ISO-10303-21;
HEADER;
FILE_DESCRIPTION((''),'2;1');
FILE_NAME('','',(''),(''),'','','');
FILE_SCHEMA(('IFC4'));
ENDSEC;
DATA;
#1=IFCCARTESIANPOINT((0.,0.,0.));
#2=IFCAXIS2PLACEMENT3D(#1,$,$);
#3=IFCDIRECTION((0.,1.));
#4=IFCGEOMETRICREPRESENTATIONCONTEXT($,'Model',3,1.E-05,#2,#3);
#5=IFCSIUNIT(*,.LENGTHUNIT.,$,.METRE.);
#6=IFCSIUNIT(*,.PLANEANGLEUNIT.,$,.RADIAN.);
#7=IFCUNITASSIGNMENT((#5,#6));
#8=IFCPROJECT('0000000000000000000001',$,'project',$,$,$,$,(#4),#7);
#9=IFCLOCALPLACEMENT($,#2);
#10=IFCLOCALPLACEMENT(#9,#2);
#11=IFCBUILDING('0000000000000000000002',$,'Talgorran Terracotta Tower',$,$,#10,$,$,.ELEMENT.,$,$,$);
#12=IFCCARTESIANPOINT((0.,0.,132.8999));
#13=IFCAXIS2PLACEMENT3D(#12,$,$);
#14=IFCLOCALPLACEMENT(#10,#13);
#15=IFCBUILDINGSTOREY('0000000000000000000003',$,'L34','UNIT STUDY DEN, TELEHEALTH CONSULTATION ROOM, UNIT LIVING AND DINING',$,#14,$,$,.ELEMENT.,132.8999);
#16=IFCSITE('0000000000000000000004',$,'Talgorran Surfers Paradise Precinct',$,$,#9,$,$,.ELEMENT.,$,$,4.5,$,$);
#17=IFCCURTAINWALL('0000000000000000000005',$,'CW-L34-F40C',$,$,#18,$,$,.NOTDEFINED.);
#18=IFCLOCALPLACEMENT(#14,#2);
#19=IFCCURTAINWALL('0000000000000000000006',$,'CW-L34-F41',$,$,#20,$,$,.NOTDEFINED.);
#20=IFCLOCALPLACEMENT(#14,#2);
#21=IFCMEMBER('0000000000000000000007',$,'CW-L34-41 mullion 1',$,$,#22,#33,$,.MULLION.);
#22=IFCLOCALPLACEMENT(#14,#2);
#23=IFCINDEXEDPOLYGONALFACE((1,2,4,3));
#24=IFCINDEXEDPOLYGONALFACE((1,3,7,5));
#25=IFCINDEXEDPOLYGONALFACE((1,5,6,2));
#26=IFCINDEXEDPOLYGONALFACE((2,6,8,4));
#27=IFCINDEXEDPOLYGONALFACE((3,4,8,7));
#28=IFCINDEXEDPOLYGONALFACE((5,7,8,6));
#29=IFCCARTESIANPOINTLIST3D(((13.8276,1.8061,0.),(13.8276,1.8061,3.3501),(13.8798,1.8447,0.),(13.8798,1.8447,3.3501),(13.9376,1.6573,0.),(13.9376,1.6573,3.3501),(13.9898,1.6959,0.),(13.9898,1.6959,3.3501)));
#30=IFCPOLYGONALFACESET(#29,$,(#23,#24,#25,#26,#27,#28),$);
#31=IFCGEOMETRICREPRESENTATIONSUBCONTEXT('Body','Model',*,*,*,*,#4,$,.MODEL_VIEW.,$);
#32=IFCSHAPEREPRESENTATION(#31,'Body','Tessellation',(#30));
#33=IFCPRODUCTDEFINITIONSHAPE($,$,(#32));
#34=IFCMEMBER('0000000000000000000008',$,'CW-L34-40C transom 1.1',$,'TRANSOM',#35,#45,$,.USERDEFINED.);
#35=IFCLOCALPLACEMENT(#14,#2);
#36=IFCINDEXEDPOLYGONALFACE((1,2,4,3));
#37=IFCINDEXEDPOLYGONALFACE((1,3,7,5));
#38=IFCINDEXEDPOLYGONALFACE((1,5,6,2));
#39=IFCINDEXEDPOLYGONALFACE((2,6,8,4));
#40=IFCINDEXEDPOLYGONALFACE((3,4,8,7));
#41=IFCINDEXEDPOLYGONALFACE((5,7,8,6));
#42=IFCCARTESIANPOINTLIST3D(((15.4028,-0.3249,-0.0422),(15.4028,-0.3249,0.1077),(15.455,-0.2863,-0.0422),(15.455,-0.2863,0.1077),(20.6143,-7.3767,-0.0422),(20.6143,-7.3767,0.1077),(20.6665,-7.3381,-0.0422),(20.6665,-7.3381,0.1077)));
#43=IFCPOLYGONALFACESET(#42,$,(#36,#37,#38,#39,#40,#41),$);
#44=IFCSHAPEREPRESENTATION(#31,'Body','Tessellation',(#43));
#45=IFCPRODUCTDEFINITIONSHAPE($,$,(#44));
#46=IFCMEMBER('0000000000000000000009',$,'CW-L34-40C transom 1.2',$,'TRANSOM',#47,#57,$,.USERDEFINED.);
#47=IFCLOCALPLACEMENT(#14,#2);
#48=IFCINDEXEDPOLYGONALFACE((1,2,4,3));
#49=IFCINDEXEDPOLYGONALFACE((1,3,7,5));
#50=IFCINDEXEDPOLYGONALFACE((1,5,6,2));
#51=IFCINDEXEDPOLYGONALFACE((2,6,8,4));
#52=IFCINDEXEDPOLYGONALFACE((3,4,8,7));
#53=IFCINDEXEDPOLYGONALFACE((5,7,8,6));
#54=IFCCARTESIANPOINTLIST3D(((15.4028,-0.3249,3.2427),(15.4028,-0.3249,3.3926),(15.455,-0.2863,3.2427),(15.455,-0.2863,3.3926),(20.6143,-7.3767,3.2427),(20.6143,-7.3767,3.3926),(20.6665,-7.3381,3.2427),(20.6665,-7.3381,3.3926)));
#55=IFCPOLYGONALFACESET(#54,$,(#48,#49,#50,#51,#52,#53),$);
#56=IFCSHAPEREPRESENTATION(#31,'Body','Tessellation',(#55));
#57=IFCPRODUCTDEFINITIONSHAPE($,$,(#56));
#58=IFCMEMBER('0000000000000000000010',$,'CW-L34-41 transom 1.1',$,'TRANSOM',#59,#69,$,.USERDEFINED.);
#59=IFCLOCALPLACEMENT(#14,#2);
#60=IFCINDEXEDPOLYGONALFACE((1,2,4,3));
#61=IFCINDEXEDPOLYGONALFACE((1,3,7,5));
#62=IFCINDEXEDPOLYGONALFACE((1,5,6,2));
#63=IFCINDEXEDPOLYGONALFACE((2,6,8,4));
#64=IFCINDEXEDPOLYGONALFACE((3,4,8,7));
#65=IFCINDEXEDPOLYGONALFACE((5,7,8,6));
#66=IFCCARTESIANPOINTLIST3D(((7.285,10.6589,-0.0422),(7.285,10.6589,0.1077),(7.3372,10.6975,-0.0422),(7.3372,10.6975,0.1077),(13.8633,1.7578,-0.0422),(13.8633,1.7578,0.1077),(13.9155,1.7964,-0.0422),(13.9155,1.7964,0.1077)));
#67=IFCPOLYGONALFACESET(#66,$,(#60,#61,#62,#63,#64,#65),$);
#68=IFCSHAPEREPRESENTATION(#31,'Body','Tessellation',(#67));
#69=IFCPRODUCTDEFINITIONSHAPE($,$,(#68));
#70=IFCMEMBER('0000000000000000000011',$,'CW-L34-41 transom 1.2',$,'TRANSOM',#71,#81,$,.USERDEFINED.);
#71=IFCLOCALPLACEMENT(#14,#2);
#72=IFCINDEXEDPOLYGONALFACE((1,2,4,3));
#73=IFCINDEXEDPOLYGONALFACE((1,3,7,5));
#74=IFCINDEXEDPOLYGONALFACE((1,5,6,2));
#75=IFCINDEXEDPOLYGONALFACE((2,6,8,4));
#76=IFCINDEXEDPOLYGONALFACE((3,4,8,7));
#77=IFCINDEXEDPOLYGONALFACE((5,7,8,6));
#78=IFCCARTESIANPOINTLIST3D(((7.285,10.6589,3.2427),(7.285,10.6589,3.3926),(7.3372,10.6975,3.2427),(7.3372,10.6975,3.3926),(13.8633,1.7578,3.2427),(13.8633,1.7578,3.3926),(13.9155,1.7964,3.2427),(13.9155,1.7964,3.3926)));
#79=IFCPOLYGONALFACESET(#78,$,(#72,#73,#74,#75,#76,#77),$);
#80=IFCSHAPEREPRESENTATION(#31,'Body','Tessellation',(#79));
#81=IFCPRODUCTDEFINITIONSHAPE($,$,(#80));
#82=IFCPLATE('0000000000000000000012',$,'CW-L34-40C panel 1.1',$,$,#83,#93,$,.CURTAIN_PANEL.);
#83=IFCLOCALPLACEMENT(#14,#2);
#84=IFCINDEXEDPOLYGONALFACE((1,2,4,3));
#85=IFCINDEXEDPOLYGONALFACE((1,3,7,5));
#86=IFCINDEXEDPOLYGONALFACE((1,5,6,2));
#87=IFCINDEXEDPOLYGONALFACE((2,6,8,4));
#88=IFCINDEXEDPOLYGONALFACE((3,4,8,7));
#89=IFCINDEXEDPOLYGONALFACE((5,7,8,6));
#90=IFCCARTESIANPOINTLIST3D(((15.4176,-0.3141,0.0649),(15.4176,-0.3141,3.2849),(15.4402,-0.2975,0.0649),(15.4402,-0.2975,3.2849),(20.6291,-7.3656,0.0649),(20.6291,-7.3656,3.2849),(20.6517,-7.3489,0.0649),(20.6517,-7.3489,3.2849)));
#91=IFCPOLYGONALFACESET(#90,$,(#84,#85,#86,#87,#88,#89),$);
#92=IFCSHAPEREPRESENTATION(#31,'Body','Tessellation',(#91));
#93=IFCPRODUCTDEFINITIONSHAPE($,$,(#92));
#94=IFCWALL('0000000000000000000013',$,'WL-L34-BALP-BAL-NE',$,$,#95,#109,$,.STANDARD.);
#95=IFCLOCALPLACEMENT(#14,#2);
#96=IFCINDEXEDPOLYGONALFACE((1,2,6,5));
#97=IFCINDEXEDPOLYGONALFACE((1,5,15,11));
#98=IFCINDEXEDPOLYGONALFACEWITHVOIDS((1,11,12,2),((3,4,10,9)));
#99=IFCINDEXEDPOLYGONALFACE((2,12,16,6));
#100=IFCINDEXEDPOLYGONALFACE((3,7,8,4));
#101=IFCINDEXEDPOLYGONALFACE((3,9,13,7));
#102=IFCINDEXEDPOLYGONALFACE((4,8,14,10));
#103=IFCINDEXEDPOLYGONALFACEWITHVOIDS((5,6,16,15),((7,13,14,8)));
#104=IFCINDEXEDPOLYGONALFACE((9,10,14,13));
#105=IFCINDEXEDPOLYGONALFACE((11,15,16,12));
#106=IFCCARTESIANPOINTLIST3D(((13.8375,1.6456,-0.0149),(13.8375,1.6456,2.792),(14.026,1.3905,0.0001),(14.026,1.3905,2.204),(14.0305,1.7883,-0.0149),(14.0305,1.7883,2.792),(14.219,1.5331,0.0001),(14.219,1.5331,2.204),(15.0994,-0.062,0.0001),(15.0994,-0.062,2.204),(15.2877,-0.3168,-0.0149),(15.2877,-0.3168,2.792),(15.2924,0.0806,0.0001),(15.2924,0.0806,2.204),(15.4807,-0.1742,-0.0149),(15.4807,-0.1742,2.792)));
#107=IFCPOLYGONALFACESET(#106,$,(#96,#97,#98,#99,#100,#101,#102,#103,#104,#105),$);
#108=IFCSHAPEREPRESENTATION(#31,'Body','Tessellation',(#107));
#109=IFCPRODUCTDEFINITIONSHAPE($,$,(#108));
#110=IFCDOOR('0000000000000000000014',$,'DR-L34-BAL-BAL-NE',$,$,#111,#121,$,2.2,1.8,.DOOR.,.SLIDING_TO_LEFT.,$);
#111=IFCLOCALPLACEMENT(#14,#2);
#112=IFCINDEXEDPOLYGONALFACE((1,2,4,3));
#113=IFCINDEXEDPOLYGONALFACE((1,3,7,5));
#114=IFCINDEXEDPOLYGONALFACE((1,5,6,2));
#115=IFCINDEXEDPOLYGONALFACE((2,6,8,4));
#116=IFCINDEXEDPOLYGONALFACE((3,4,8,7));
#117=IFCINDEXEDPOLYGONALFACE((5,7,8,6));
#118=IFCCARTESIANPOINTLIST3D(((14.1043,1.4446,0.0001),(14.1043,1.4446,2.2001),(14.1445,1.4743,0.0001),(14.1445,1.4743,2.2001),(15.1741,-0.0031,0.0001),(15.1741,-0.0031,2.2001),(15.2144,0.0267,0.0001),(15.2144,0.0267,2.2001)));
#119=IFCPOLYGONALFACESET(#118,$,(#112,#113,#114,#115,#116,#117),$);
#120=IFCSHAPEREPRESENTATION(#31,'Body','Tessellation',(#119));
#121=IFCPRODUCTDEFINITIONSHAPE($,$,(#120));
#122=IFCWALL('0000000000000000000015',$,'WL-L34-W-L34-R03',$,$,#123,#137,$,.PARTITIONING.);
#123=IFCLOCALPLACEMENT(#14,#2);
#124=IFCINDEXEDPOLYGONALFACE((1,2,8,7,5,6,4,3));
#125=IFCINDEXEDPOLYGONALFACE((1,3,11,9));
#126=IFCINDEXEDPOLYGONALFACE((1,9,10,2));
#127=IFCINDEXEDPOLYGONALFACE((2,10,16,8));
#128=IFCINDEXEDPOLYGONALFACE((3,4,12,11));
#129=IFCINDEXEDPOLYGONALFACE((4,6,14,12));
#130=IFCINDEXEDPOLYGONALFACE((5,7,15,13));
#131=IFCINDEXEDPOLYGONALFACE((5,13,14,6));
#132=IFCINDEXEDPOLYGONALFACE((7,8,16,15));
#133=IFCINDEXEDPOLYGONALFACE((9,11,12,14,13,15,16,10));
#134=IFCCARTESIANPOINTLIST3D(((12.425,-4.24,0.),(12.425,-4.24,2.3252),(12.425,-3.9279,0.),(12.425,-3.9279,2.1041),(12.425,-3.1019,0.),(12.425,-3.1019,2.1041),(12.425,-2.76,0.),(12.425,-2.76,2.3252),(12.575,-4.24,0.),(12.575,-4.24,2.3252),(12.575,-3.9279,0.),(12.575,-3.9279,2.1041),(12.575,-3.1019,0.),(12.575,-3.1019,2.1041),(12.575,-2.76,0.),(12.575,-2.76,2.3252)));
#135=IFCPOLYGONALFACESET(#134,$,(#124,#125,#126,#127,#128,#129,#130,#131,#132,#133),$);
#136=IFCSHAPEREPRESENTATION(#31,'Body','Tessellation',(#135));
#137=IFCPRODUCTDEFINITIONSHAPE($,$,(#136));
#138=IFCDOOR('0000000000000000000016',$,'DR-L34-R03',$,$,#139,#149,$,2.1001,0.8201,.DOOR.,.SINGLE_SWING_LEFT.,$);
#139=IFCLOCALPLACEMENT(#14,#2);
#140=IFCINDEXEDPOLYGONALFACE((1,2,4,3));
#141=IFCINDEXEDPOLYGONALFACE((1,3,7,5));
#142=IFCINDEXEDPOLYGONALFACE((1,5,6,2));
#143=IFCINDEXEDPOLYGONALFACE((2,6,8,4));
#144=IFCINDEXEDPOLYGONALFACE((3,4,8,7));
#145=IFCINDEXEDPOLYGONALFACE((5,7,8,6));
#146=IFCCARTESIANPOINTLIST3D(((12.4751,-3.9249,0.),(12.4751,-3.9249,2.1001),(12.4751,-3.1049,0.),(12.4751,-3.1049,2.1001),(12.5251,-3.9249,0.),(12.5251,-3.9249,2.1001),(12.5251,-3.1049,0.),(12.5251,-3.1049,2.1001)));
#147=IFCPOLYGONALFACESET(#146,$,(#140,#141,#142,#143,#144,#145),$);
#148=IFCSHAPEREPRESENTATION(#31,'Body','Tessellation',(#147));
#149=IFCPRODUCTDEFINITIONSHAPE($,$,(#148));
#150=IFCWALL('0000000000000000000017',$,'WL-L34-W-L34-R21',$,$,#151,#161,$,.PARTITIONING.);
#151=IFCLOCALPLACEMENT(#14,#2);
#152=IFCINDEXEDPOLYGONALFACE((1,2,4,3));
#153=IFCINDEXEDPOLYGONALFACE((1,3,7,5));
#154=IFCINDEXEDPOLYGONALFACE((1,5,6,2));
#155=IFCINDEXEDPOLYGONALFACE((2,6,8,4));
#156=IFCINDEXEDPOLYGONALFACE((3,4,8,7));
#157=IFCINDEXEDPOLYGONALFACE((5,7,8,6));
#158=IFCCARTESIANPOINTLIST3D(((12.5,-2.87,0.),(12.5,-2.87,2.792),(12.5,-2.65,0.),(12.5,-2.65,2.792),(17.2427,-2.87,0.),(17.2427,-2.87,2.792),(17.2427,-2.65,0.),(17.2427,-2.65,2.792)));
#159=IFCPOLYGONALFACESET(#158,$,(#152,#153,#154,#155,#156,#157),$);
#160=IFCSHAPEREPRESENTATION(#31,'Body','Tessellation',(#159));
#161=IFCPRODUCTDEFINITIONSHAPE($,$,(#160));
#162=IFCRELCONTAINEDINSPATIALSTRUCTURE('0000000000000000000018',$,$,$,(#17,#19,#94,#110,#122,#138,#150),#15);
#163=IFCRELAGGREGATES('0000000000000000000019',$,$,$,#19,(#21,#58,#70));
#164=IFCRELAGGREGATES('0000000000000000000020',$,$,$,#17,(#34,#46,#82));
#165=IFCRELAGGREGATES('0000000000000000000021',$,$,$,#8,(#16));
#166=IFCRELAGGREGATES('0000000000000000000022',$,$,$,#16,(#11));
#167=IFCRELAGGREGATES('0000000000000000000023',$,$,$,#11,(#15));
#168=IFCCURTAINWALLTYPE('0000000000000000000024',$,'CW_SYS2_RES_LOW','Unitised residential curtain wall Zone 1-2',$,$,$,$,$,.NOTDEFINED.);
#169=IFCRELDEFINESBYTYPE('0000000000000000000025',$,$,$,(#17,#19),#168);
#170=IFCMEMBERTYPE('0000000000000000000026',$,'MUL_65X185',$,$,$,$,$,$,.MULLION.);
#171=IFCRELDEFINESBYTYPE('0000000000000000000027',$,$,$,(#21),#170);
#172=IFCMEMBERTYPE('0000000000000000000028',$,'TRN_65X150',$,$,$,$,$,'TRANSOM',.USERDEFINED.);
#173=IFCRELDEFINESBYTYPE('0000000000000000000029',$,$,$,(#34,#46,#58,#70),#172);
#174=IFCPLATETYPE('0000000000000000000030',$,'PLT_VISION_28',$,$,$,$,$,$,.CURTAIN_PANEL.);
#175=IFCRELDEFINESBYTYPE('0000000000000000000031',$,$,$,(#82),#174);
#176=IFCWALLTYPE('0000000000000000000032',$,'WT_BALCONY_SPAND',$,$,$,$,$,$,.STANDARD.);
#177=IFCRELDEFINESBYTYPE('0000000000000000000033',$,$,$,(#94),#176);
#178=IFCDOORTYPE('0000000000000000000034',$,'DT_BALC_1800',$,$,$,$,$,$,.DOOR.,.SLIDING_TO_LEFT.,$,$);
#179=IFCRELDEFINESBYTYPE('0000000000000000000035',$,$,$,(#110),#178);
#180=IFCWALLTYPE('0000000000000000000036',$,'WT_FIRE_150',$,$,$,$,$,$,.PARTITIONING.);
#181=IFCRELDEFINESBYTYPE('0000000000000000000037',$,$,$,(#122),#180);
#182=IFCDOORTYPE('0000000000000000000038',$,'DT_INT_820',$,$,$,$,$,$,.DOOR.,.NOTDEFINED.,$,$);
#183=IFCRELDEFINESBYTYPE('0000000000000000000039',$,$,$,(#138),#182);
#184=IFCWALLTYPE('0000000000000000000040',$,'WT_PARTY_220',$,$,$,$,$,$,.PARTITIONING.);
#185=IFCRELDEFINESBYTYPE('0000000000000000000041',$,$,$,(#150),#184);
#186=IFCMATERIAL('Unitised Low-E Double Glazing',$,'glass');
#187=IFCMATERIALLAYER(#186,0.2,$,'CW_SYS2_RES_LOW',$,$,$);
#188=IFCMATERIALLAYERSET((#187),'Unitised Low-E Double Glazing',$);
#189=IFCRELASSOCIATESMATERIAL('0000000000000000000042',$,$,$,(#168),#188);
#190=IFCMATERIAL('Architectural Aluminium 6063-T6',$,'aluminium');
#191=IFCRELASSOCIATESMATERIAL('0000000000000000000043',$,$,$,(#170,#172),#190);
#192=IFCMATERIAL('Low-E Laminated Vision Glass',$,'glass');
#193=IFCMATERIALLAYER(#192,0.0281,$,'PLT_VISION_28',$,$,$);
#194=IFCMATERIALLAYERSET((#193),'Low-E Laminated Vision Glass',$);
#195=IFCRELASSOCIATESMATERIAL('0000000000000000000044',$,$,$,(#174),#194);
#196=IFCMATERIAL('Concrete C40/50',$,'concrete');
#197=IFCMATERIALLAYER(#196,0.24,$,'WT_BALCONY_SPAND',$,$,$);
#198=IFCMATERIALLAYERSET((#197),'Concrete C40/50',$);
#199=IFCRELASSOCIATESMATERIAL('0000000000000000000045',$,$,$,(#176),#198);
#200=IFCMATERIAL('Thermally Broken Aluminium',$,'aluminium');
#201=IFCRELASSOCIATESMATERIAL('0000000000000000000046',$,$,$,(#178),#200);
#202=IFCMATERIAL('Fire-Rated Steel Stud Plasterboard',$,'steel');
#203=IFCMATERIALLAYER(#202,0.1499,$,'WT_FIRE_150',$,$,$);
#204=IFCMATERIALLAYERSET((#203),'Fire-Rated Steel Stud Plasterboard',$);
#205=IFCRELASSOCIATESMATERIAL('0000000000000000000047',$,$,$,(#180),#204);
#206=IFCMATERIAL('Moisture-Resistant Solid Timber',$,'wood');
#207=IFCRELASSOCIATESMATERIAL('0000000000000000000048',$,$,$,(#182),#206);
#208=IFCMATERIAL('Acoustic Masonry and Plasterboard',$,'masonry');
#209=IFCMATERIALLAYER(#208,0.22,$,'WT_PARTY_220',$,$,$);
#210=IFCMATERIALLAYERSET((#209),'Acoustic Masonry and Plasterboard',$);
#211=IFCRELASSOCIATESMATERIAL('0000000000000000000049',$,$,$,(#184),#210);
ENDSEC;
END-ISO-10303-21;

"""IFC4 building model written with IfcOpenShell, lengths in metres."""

from ifc_helpers import new_model, si_unit, direction, frame, frame_2d, origin, origin_2d, place, context, subcontext, project, spatial, rectangle, extrude, source, transform, mapped, material, layer, layer_set, material_profile, profile_set, type_object, type_shapes, element, fill, aggregate, save


model = new_model("IFC4")

# Units and contexts
model_context = context("Model", 3, precision=1e-05, world=origin(), true_north=direction((0.0, 1.0)))
body_context = subcontext(model_context, "Body", "Model", "MODEL_VIEW")
ifc_project = project(units=[si_unit("LENGTHUNIT", "METRE"), si_unit("PLANEANGLEUNIT", "RADIAN")], contexts=[model_context])

# Site, building, storey
site_placement = place(None, origin())
site = spatial("IfcSite", under=ifc_project, at=site_placement, Name="Talgorran Surfers Paradise Precinct", CompositionType="ELEMENT", RefElevation=4.5)
building_placement = place(site_placement, origin())
building = spatial("IfcBuilding", under=site, at=building_placement, Name="Talgorran Terracotta Tower", CompositionType="ELEMENT")
storey_placement = place(building_placement, frame((0.0, 0.0, 132.8999)))
storey = spatial("IfcBuildingStorey", under=building, at=storey_placement, Name="L34", Description="UNIT STUDY DEN, TELEHEALTH CONSULTATION ROOM, UNIT LIVING AND DINING", CompositionType="ELEMENT", Elevation=132.8999)

# Shared definitions
ifc_material_1 = material(Name="Unitised Low-E Double Glazing", Category="glass")
ifc_layer_1 = layer(ifc_material_1, 0.2, Name="CW_SYS2_RES_LOW")
ifc_layer_set_1 = layer_set([ifc_layer_1], Name="Unitised Low-E Double Glazing")
curtain_wall_type = type_object("IfcCurtainWallType", Name="CW_SYS2_RES_LOW", Description="Unitised residential curtain wall Zone 1-2", PredefinedType="NOTDEFINED", material=ifc_layer_set_1)
ifc_material_2 = material(Name="Architectural Aluminium 6063-T6", Category="aluminium")
ifc_material_profile_1 = material_profile(ifc_material_2, rectangle(XDim=0.0649, YDim=0.1851, at=origin_2d()), Name="CWM65X185")
ifc_profile_set_1 = profile_set([ifc_material_profile_1], Name="Architectural Aluminium 6063-T6")
member_type_1 = type_object("IfcMemberType", Name="MUL_65X185", PredefinedType="MULLION", material=ifc_profile_set_1)

# Curtain wall
curtain_wall_1_placement = place(storey_placement, origin())
curtain_wall_1 = element("IfcCurtainWall", 1, at=curtain_wall_1_placement, inside=storey, type_object=curtain_wall_type, Name="CW-L34-F40C", PredefinedType="NOTDEFINED")

# Curtain wall, member
curtain_wall_2_placement = place(storey_placement, origin())
curtain_wall_2 = element("IfcCurtainWall", 2, at=curtain_wall_2_placement, inside=storey, type_object=curtain_wall_type, Name="CW-L34-F41", PredefinedType="NOTDEFINED")
member_1_placement = place(storey_placement, frame((13.9087, 1.751, 0.0), z_axis=(0.0, 0.0, 1.0), x_axis=(-0.804201, -0.594357, 0.0)))
member_1 = element("IfcMember", 3, at=member_1_placement, type_object=member_type_1, Name="CW-L34-41 mullion 1", PredefinedType="MULLION", context=body_context, shape_type="SweptSolid", body=[
    extrude(rectangle(XDim=0.0649, YDim=0.1851, at=origin_2d()), origin(), (0.0, 0.0, 1.0), 3.3501),
])

# Members
ifc_material_profile_2 = material_profile(ifc_material_2, rectangle(XDim=0.0649, YDim=0.1499, at=origin_2d()), Name="CWT65X150")
ifc_profile_set_2 = profile_set([ifc_material_profile_2], Name="Architectural Aluminium 6063-T6")
member_type_2 = type_object("IfcMemberType", Name="TRN_65X150", ElementType="TRANSOM", PredefinedType="USERDEFINED", material=ifc_profile_set_2)
member_2_placement = place(storey_placement, frame((20.6404, -7.3574, 0.0327), z_axis=(-0.594336, 0.804217, 0.0), x_axis=(-0.804217, -0.594336, 0.0)))
member_2 = element("IfcMember", 4, at=member_2_placement, type_object=member_type_2, Name="CW-L34-40C transom 1.1", ObjectType="TRANSOM", PredefinedType="USERDEFINED", context=body_context, shape_type="SweptSolid", body=[
    extrude(rectangle(XDim=0.0649, YDim=0.1499, at=origin_2d()), origin(), (0.0, 0.0, 1.0), 8.7686),
])
member_3_placement = place(storey_placement, frame((20.6404, -7.3574, 3.3176), z_axis=(-0.594336, 0.804217, 0.0), x_axis=(-0.804217, -0.594336, 0.0)))
member_3 = element("IfcMember", 5, at=member_3_placement, type_object=member_type_2, Name="CW-L34-40C transom 1.2", ObjectType="TRANSOM", PredefinedType="USERDEFINED", context=body_context, shape_type="SweptSolid", body=[
    extrude(rectangle(XDim=0.0649, YDim=0.1499, at=origin_2d()), origin(), (0.0, 0.0, 1.0), 8.7686),
])
member_4_placement = place(storey_placement, frame((13.8894, 1.7771, 0.0327), z_axis=(-0.594349, 0.804207, 0.0), x_axis=(-0.804207, -0.594349, 0.0)))
member_4 = element("IfcMember", 6, at=member_4_placement, type_object=member_type_2, Name="CW-L34-41 transom 1.1", ObjectType="TRANSOM", PredefinedType="USERDEFINED", context=body_context, shape_type="SweptSolid", body=[
    extrude(rectangle(XDim=0.0649, YDim=0.1499, at=origin_2d()), origin(), (0.0, 0.0, 1.0), 11.0681),
])
member_5_placement = place(storey_placement, frame((13.8894, 1.7771, 3.3176), z_axis=(-0.594349, 0.804207, 0.0), x_axis=(-0.804207, -0.594349, 0.0)))
member_5 = element("IfcMember", 7, at=member_5_placement, type_object=member_type_2, Name="CW-L34-41 transom 1.2", ObjectType="TRANSOM", PredefinedType="USERDEFINED", context=body_context, shape_type="SweptSolid", body=[
    extrude(rectangle(XDim=0.0649, YDim=0.1499, at=origin_2d()), origin(), (0.0, 0.0, 1.0), 11.0681),
])
aggregate(curtain_wall_2, [member_1, member_4, member_5])

# Plate
ifc_material_3 = material(Name="Low-E Laminated Vision Glass", Category="glass")
ifc_layer_2 = layer(ifc_material_3, 0.0281, Name="PLT_VISION_28")
ifc_layer_set_2 = layer_set([ifc_layer_2], Name="Low-E Laminated Vision Glass")
plate_type = type_object("IfcPlateType", Name="PLT_VISION_28", PredefinedType="CURTAIN_PANEL", material=ifc_layer_set_2)
shared_shape = source(origin(), body_context, "Body", "SweptSolid", [
    extrude(rectangle(XDim=8.7683, YDim=0.0281, at=origin_2d()), origin(), (0.0, 0.0, 1.0), 3.22),
])
type_shapes(plate_type, [shared_shape])
plate_placement = place(storey_placement, frame((18.0347, -3.8315, 0.0649), z_axis=(0.0, 0.0, 1.0), x_axis=(-0.594355, 0.804203, 0.0)))
plate = element("IfcPlate", 8, at=plate_placement, type_object=plate_type, Name="CW-L34-40C panel 1.1", PredefinedType="CURTAIN_PANEL", context=body_context, shape_type="MappedRepresentation", body=[
    mapped(shared_shape, transform((0.0, 0.0, 0.0), scale=1.0)),
])
aggregate(curtain_wall_1, [member_2, member_3, plate])

# Walls, openings, doors
ifc_material_4 = material(Name="Concrete C40/50", Category="concrete")
ifc_layer_3 = layer(ifc_material_4, 0.24, Name="WT_BALCONY_SPAND")
ifc_layer_set_3 = layer_set([ifc_layer_3], Name="Concrete C40/50")
wall_type_1 = type_object("IfcWallType", Name="WT_BALCONY_SPAND", PredefinedType="STANDARD", material=ifc_layer_set_3)
wall_1_placement = place(storey_placement, frame((15.3843, -0.2456, -0.0149), z_axis=(0.0, 0.0, 1.0), x_axis=(-0.594318, 0.80423, 0.0)))
wall_1 = element("IfcWall", 9, at=wall_1_placement, inside=storey, type_object=wall_type_1, Name="WL-L34-BALP-BAL-NE", PredefinedType="STANDARD", context=body_context, shape_type="SweptSolid", body=[
    extrude(rectangle(XDim=2.4402, YDim=0.24, at=frame_2d((1.2202, 0.0))), origin(), (0.0, 0.0, 1.0), 2.8069),
])
opening_1_placement = place(wall_1_placement, frame((0.3201, 0.0, 0.0149)))
opening_1 = element("IfcOpeningElement", 10, at=opening_1_placement, cuts=wall_1, PredefinedType="OPENING", context=body_context, shape_type="SweptSolid", body=[
    extrude(rectangle(XDim=1.806, YDim=2.204, at=frame_2d((0.8999, 1.1021))), frame((0.0, 0.1299, 0.0), z_axis=(0.0, -1.0, 0.0), x_axis=(1.0, 0.0, 0.0)), (0.0, 0.0, 1.0), 0.26),
])
ifc_material_5 = material(Name="Thermally Broken Aluminium", Category="aluminium")
door_type_1 = type_object("IfcDoorType", Name="DT_BALC_1800", OperationType="SLIDING_TO_LEFT", PredefinedType="DOOR", material=ifc_material_5)
door_1_placement = place(opening_1_placement, origin())
door_1 = element("IfcDoor", 11, at=door_1_placement, inside=storey, type_object=door_type_1, Name="DR-L34-BAL-BAL-NE", OperationType="SLIDING_TO_LEFT", OverallHeight=2.2, OverallWidth=1.8, PredefinedType="DOOR", context=body_context, shape_type="SweptSolid", body=[
    extrude(rectangle(XDim=1.8, YDim=2.2, at=frame_2d((0.8999, 1.1001))), frame((0.0, 0.0249, 0.0), z_axis=(0.0, -1.0, 0.0), x_axis=(1.0, 0.0, 0.0)), (0.0, 0.0, 1.0), 0.05),
])
fill(opening_1, door_1)
ifc_material_6 = material(Name="Fire-Rated Steel Stud Plasterboard", Category="steel")
ifc_layer_4 = layer(ifc_material_6, 0.1499, Name="WT_FIRE_150")
ifc_layer_set_4 = layer_set([ifc_layer_4], Name="Fire-Rated Steel Stud Plasterboard")
wall_type_2 = type_object("IfcWallType", Name="WT_FIRE_150", PredefinedType="PARTITIONING", material=ifc_layer_set_4)
wall_2_placement = place(storey_placement, frame((12.5, -4.24, 0.0), z_axis=(0.0, 0.0, 1.0), x_axis=(0.0, 1.0, 0.0)))
wall_2 = element("IfcWall", 12, at=wall_2_placement, inside=storey, type_object=wall_type_2, Name="WL-L34-W-L34-R03", PredefinedType="PARTITIONING", context=body_context, shape_type="SweptSolid", body=[
    extrude(rectangle(XDim=1.48, YDim=0.1499, at=frame_2d((0.74, 0.0))), origin(), (0.0, 0.0, 1.0), 2.3252),
])
opening_2_placement = place(wall_2_placement, frame((0.3149, 0.0, 0.0)))
opening_2 = element("IfcOpeningElement", 13, at=opening_2_placement, cuts=wall_2, PredefinedType="OPENING", context=body_context, shape_type="SweptSolid", body=[
    extrude(rectangle(XDim=0.8261, YDim=2.1041, at=frame_2d((0.4102, 1.052))), frame((0.0, 0.085, 0.0), z_axis=(0.0, -1.0, 0.0), x_axis=(1.0, 0.0, 0.0)), (0.0, 0.0, 1.0), 0.1699),
])
ifc_material_7 = material(Name="Moisture-Resistant Solid Timber", Category="wood")
door_type_2 = type_object("IfcDoorType", Name="DT_INT_820", OperationType="NOTDEFINED", PredefinedType="DOOR", material=ifc_material_7)
door_2_placement = place(opening_2_placement, origin())
door_2 = element("IfcDoor", 14, at=door_2_placement, inside=storey, type_object=door_type_2, Name="DR-L34-R03", OperationType="SINGLE_SWING_LEFT", OverallHeight=2.1001, OverallWidth=0.8201, PredefinedType="DOOR", context=body_context, shape_type="SweptSolid", body=[
    extrude(rectangle(XDim=0.8201, YDim=2.1001, at=frame_2d((0.4102, 1.05))), frame((0.0, 0.0249, 0.0), z_axis=(0.0, -1.0, 0.0), x_axis=(1.0, 0.0, 0.0)), (0.0, 0.0, 1.0), 0.05),
])
fill(opening_2, door_2)

# Wall
ifc_material_8 = material(Name="Acoustic Masonry and Plasterboard", Category="masonry")
ifc_layer_5 = layer(ifc_material_8, 0.22, Name="WT_PARTY_220")
ifc_layer_set_5 = layer_set([ifc_layer_5], Name="Acoustic Masonry and Plasterboard")
wall_type_3 = type_object("IfcWallType", Name="WT_PARTY_220", PredefinedType="PARTITIONING", material=ifc_layer_set_5)
wall_3_placement = place(storey_placement, frame((12.5, -2.76, 0.0), z_axis=(0.0, 0.0, 1.0), x_axis=(1.0, 0.0, 0.0)))
element("IfcWall", 15, at=wall_3_placement, inside=storey, type_object=wall_type_3, Name="WL-L34-W-L34-R21", PredefinedType="PARTITIONING", context=body_context, shape_type="SweptSolid", body=[
    extrude(rectangle(XDim=4.7427, YDim=0.22, at=frame_2d((2.3713, 0.0))), origin(), (0.0, 0.0, 1.0), 2.792),
])

save(model, "model.ifc")
